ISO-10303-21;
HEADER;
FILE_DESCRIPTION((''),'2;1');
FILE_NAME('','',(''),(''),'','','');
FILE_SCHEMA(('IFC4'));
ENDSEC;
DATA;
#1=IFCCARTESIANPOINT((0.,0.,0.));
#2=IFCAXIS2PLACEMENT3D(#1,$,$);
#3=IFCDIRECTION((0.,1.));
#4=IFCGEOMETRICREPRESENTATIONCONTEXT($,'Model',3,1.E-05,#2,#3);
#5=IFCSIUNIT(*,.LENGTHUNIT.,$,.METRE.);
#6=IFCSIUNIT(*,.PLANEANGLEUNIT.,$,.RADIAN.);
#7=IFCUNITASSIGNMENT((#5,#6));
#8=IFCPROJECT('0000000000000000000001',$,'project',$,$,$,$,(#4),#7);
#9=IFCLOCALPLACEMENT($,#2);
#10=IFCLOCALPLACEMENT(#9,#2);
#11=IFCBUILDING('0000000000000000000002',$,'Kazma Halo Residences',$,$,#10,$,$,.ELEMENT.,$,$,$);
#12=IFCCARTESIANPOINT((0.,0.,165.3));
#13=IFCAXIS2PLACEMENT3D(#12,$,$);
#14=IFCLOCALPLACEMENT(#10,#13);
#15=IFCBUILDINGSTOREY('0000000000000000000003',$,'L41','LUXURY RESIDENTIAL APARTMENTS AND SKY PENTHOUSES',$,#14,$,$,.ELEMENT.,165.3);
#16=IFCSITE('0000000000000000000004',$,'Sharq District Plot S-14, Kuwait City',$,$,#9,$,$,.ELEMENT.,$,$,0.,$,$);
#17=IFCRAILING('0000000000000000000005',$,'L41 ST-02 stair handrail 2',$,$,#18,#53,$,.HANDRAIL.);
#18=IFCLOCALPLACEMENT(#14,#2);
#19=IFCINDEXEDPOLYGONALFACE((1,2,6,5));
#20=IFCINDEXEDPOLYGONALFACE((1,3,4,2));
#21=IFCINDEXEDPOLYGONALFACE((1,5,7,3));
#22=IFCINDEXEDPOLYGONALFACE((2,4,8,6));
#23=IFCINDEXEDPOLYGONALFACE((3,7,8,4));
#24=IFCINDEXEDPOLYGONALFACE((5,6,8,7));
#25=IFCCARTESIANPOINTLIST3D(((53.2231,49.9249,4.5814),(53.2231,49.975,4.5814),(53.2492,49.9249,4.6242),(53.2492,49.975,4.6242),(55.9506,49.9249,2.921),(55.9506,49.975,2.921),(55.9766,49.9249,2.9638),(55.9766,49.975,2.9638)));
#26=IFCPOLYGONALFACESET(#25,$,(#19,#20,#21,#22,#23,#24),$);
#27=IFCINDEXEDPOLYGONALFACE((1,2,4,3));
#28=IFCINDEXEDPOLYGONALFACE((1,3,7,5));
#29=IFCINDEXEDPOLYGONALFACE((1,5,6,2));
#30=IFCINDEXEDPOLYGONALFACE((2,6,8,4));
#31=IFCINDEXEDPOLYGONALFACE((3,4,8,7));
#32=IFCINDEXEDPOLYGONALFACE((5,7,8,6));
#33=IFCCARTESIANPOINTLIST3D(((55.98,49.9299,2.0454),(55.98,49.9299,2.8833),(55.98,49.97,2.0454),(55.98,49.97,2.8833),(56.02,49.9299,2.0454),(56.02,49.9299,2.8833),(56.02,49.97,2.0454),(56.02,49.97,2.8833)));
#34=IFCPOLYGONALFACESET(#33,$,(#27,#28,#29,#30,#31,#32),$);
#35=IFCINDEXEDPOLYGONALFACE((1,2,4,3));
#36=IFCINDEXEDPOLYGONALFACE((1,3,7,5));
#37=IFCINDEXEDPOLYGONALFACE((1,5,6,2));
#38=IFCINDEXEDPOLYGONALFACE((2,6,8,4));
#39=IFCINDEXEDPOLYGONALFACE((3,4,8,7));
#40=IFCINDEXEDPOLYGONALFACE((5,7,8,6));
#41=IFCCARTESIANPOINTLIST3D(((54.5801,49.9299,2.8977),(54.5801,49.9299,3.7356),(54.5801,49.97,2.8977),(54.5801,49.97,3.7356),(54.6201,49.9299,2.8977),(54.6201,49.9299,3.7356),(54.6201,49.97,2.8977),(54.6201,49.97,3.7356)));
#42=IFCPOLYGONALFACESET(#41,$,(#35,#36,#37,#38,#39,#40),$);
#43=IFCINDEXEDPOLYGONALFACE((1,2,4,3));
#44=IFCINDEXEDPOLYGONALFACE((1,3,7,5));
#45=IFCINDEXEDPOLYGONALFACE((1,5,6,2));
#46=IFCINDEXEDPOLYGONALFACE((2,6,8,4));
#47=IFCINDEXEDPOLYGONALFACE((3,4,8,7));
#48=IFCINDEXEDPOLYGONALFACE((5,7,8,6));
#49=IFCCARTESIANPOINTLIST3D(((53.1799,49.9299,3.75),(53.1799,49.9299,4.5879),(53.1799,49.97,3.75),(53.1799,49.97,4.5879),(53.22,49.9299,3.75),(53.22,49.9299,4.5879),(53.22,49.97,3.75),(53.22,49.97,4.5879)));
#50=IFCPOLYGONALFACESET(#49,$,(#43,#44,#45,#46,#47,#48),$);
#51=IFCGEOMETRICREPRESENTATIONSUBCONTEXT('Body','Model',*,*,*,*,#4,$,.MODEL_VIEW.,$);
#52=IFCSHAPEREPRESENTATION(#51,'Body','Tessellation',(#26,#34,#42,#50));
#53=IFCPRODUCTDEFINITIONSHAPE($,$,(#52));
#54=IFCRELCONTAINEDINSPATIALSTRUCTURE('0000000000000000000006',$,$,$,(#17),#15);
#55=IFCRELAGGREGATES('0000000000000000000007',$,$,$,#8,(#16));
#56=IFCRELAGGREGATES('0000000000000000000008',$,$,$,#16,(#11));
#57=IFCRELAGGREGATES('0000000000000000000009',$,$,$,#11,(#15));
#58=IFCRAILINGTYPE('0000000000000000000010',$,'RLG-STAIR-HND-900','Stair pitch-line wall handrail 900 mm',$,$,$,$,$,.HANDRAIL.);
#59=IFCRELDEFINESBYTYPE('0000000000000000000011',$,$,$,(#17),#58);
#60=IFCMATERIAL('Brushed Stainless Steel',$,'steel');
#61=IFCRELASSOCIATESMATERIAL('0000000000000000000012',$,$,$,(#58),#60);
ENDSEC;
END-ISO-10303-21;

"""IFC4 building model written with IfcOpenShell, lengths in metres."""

from ifc_helpers import new_model, si_unit, direction, frame, origin, origin_2d, place, context, subcontext, project, spatial, rectangle, extrude, material, type_object, element, save


model = new_model("IFC4")

# Units and contexts
model_context = context("Model", 3, precision=1e-05, world=origin(), true_north=direction((0.0, 1.0)))
body_context = subcontext(model_context, "Body", "Model", "MODEL_VIEW")
ifc_project = project(units=[si_unit("LENGTHUNIT", "METRE"), si_unit("PLANEANGLEUNIT", "RADIAN")], contexts=[model_context])

# Site, building, storey
site_placement = place(None, origin())
site = spatial("IfcSite", under=ifc_project, at=site_placement, Name="Sharq District Plot S-14, Kuwait City", CompositionType="ELEMENT", RefElevation=0.0)
building_placement = place(site_placement, origin())
building = spatial("IfcBuilding", under=site, at=building_placement, Name="Kazma Halo Residences", CompositionType="ELEMENT")
storey_placement = place(building_placement, frame((0.0, 0.0, 165.3)))
storey = spatial("IfcBuildingStorey", under=building, at=storey_placement, Name="L41", Description="LUXURY RESIDENTIAL APARTMENTS AND SKY PENTHOUSES", CompositionType="ELEMENT", Elevation=165.3)

# Railing
ifc_material_1 = material(Name="Brushed Stainless Steel", Category="steel")
railing_type_1 = type_object("IfcRailingType", Name="RLG-STAIR-HND-900", Description="Stair pitch-line wall handrail 900 mm", PredefinedType="HANDRAIL", material=ifc_material_1)
railing_1_placement = place(storey_placement, frame((56.0, 49.95, 2.0454)))
element("IfcRailing", 1, at=railing_1_placement, inside=storey, type_object=railing_type_1, Name="L41 ST-02 stair handrail 2", PredefinedType="HANDRAIL", context=body_context, shape_type="SweptSolid", body=[
    extrude(rectangle(XDim=0.05, YDim=0.05, at=origin_2d()), frame((-0.0364, 0.0, 0.897), z_axis=(-0.85417, 0.0, 0.519994), x_axis=(0.0, -1.0, 0.0)), (0.0, 0.0, 1.0), 3.1931),
    extrude(rectangle(XDim=0.04, YDim=0.04, at=origin_2d()), origin(), (0.0, 0.0, 1.0), 0.8379),
    extrude(rectangle(XDim=0.04, YDim=0.04, at=origin_2d()), frame((-1.3999, 0.0, 0.8523)), (0.0, 0.0, 1.0), 0.8379),
    extrude(rectangle(XDim=0.04, YDim=0.04, at=origin_2d()), frame((-2.8, 0.0, 1.7046)), (0.0, 0.0, 1.0), 0.8379),
])

save(model, "model.ifc")
